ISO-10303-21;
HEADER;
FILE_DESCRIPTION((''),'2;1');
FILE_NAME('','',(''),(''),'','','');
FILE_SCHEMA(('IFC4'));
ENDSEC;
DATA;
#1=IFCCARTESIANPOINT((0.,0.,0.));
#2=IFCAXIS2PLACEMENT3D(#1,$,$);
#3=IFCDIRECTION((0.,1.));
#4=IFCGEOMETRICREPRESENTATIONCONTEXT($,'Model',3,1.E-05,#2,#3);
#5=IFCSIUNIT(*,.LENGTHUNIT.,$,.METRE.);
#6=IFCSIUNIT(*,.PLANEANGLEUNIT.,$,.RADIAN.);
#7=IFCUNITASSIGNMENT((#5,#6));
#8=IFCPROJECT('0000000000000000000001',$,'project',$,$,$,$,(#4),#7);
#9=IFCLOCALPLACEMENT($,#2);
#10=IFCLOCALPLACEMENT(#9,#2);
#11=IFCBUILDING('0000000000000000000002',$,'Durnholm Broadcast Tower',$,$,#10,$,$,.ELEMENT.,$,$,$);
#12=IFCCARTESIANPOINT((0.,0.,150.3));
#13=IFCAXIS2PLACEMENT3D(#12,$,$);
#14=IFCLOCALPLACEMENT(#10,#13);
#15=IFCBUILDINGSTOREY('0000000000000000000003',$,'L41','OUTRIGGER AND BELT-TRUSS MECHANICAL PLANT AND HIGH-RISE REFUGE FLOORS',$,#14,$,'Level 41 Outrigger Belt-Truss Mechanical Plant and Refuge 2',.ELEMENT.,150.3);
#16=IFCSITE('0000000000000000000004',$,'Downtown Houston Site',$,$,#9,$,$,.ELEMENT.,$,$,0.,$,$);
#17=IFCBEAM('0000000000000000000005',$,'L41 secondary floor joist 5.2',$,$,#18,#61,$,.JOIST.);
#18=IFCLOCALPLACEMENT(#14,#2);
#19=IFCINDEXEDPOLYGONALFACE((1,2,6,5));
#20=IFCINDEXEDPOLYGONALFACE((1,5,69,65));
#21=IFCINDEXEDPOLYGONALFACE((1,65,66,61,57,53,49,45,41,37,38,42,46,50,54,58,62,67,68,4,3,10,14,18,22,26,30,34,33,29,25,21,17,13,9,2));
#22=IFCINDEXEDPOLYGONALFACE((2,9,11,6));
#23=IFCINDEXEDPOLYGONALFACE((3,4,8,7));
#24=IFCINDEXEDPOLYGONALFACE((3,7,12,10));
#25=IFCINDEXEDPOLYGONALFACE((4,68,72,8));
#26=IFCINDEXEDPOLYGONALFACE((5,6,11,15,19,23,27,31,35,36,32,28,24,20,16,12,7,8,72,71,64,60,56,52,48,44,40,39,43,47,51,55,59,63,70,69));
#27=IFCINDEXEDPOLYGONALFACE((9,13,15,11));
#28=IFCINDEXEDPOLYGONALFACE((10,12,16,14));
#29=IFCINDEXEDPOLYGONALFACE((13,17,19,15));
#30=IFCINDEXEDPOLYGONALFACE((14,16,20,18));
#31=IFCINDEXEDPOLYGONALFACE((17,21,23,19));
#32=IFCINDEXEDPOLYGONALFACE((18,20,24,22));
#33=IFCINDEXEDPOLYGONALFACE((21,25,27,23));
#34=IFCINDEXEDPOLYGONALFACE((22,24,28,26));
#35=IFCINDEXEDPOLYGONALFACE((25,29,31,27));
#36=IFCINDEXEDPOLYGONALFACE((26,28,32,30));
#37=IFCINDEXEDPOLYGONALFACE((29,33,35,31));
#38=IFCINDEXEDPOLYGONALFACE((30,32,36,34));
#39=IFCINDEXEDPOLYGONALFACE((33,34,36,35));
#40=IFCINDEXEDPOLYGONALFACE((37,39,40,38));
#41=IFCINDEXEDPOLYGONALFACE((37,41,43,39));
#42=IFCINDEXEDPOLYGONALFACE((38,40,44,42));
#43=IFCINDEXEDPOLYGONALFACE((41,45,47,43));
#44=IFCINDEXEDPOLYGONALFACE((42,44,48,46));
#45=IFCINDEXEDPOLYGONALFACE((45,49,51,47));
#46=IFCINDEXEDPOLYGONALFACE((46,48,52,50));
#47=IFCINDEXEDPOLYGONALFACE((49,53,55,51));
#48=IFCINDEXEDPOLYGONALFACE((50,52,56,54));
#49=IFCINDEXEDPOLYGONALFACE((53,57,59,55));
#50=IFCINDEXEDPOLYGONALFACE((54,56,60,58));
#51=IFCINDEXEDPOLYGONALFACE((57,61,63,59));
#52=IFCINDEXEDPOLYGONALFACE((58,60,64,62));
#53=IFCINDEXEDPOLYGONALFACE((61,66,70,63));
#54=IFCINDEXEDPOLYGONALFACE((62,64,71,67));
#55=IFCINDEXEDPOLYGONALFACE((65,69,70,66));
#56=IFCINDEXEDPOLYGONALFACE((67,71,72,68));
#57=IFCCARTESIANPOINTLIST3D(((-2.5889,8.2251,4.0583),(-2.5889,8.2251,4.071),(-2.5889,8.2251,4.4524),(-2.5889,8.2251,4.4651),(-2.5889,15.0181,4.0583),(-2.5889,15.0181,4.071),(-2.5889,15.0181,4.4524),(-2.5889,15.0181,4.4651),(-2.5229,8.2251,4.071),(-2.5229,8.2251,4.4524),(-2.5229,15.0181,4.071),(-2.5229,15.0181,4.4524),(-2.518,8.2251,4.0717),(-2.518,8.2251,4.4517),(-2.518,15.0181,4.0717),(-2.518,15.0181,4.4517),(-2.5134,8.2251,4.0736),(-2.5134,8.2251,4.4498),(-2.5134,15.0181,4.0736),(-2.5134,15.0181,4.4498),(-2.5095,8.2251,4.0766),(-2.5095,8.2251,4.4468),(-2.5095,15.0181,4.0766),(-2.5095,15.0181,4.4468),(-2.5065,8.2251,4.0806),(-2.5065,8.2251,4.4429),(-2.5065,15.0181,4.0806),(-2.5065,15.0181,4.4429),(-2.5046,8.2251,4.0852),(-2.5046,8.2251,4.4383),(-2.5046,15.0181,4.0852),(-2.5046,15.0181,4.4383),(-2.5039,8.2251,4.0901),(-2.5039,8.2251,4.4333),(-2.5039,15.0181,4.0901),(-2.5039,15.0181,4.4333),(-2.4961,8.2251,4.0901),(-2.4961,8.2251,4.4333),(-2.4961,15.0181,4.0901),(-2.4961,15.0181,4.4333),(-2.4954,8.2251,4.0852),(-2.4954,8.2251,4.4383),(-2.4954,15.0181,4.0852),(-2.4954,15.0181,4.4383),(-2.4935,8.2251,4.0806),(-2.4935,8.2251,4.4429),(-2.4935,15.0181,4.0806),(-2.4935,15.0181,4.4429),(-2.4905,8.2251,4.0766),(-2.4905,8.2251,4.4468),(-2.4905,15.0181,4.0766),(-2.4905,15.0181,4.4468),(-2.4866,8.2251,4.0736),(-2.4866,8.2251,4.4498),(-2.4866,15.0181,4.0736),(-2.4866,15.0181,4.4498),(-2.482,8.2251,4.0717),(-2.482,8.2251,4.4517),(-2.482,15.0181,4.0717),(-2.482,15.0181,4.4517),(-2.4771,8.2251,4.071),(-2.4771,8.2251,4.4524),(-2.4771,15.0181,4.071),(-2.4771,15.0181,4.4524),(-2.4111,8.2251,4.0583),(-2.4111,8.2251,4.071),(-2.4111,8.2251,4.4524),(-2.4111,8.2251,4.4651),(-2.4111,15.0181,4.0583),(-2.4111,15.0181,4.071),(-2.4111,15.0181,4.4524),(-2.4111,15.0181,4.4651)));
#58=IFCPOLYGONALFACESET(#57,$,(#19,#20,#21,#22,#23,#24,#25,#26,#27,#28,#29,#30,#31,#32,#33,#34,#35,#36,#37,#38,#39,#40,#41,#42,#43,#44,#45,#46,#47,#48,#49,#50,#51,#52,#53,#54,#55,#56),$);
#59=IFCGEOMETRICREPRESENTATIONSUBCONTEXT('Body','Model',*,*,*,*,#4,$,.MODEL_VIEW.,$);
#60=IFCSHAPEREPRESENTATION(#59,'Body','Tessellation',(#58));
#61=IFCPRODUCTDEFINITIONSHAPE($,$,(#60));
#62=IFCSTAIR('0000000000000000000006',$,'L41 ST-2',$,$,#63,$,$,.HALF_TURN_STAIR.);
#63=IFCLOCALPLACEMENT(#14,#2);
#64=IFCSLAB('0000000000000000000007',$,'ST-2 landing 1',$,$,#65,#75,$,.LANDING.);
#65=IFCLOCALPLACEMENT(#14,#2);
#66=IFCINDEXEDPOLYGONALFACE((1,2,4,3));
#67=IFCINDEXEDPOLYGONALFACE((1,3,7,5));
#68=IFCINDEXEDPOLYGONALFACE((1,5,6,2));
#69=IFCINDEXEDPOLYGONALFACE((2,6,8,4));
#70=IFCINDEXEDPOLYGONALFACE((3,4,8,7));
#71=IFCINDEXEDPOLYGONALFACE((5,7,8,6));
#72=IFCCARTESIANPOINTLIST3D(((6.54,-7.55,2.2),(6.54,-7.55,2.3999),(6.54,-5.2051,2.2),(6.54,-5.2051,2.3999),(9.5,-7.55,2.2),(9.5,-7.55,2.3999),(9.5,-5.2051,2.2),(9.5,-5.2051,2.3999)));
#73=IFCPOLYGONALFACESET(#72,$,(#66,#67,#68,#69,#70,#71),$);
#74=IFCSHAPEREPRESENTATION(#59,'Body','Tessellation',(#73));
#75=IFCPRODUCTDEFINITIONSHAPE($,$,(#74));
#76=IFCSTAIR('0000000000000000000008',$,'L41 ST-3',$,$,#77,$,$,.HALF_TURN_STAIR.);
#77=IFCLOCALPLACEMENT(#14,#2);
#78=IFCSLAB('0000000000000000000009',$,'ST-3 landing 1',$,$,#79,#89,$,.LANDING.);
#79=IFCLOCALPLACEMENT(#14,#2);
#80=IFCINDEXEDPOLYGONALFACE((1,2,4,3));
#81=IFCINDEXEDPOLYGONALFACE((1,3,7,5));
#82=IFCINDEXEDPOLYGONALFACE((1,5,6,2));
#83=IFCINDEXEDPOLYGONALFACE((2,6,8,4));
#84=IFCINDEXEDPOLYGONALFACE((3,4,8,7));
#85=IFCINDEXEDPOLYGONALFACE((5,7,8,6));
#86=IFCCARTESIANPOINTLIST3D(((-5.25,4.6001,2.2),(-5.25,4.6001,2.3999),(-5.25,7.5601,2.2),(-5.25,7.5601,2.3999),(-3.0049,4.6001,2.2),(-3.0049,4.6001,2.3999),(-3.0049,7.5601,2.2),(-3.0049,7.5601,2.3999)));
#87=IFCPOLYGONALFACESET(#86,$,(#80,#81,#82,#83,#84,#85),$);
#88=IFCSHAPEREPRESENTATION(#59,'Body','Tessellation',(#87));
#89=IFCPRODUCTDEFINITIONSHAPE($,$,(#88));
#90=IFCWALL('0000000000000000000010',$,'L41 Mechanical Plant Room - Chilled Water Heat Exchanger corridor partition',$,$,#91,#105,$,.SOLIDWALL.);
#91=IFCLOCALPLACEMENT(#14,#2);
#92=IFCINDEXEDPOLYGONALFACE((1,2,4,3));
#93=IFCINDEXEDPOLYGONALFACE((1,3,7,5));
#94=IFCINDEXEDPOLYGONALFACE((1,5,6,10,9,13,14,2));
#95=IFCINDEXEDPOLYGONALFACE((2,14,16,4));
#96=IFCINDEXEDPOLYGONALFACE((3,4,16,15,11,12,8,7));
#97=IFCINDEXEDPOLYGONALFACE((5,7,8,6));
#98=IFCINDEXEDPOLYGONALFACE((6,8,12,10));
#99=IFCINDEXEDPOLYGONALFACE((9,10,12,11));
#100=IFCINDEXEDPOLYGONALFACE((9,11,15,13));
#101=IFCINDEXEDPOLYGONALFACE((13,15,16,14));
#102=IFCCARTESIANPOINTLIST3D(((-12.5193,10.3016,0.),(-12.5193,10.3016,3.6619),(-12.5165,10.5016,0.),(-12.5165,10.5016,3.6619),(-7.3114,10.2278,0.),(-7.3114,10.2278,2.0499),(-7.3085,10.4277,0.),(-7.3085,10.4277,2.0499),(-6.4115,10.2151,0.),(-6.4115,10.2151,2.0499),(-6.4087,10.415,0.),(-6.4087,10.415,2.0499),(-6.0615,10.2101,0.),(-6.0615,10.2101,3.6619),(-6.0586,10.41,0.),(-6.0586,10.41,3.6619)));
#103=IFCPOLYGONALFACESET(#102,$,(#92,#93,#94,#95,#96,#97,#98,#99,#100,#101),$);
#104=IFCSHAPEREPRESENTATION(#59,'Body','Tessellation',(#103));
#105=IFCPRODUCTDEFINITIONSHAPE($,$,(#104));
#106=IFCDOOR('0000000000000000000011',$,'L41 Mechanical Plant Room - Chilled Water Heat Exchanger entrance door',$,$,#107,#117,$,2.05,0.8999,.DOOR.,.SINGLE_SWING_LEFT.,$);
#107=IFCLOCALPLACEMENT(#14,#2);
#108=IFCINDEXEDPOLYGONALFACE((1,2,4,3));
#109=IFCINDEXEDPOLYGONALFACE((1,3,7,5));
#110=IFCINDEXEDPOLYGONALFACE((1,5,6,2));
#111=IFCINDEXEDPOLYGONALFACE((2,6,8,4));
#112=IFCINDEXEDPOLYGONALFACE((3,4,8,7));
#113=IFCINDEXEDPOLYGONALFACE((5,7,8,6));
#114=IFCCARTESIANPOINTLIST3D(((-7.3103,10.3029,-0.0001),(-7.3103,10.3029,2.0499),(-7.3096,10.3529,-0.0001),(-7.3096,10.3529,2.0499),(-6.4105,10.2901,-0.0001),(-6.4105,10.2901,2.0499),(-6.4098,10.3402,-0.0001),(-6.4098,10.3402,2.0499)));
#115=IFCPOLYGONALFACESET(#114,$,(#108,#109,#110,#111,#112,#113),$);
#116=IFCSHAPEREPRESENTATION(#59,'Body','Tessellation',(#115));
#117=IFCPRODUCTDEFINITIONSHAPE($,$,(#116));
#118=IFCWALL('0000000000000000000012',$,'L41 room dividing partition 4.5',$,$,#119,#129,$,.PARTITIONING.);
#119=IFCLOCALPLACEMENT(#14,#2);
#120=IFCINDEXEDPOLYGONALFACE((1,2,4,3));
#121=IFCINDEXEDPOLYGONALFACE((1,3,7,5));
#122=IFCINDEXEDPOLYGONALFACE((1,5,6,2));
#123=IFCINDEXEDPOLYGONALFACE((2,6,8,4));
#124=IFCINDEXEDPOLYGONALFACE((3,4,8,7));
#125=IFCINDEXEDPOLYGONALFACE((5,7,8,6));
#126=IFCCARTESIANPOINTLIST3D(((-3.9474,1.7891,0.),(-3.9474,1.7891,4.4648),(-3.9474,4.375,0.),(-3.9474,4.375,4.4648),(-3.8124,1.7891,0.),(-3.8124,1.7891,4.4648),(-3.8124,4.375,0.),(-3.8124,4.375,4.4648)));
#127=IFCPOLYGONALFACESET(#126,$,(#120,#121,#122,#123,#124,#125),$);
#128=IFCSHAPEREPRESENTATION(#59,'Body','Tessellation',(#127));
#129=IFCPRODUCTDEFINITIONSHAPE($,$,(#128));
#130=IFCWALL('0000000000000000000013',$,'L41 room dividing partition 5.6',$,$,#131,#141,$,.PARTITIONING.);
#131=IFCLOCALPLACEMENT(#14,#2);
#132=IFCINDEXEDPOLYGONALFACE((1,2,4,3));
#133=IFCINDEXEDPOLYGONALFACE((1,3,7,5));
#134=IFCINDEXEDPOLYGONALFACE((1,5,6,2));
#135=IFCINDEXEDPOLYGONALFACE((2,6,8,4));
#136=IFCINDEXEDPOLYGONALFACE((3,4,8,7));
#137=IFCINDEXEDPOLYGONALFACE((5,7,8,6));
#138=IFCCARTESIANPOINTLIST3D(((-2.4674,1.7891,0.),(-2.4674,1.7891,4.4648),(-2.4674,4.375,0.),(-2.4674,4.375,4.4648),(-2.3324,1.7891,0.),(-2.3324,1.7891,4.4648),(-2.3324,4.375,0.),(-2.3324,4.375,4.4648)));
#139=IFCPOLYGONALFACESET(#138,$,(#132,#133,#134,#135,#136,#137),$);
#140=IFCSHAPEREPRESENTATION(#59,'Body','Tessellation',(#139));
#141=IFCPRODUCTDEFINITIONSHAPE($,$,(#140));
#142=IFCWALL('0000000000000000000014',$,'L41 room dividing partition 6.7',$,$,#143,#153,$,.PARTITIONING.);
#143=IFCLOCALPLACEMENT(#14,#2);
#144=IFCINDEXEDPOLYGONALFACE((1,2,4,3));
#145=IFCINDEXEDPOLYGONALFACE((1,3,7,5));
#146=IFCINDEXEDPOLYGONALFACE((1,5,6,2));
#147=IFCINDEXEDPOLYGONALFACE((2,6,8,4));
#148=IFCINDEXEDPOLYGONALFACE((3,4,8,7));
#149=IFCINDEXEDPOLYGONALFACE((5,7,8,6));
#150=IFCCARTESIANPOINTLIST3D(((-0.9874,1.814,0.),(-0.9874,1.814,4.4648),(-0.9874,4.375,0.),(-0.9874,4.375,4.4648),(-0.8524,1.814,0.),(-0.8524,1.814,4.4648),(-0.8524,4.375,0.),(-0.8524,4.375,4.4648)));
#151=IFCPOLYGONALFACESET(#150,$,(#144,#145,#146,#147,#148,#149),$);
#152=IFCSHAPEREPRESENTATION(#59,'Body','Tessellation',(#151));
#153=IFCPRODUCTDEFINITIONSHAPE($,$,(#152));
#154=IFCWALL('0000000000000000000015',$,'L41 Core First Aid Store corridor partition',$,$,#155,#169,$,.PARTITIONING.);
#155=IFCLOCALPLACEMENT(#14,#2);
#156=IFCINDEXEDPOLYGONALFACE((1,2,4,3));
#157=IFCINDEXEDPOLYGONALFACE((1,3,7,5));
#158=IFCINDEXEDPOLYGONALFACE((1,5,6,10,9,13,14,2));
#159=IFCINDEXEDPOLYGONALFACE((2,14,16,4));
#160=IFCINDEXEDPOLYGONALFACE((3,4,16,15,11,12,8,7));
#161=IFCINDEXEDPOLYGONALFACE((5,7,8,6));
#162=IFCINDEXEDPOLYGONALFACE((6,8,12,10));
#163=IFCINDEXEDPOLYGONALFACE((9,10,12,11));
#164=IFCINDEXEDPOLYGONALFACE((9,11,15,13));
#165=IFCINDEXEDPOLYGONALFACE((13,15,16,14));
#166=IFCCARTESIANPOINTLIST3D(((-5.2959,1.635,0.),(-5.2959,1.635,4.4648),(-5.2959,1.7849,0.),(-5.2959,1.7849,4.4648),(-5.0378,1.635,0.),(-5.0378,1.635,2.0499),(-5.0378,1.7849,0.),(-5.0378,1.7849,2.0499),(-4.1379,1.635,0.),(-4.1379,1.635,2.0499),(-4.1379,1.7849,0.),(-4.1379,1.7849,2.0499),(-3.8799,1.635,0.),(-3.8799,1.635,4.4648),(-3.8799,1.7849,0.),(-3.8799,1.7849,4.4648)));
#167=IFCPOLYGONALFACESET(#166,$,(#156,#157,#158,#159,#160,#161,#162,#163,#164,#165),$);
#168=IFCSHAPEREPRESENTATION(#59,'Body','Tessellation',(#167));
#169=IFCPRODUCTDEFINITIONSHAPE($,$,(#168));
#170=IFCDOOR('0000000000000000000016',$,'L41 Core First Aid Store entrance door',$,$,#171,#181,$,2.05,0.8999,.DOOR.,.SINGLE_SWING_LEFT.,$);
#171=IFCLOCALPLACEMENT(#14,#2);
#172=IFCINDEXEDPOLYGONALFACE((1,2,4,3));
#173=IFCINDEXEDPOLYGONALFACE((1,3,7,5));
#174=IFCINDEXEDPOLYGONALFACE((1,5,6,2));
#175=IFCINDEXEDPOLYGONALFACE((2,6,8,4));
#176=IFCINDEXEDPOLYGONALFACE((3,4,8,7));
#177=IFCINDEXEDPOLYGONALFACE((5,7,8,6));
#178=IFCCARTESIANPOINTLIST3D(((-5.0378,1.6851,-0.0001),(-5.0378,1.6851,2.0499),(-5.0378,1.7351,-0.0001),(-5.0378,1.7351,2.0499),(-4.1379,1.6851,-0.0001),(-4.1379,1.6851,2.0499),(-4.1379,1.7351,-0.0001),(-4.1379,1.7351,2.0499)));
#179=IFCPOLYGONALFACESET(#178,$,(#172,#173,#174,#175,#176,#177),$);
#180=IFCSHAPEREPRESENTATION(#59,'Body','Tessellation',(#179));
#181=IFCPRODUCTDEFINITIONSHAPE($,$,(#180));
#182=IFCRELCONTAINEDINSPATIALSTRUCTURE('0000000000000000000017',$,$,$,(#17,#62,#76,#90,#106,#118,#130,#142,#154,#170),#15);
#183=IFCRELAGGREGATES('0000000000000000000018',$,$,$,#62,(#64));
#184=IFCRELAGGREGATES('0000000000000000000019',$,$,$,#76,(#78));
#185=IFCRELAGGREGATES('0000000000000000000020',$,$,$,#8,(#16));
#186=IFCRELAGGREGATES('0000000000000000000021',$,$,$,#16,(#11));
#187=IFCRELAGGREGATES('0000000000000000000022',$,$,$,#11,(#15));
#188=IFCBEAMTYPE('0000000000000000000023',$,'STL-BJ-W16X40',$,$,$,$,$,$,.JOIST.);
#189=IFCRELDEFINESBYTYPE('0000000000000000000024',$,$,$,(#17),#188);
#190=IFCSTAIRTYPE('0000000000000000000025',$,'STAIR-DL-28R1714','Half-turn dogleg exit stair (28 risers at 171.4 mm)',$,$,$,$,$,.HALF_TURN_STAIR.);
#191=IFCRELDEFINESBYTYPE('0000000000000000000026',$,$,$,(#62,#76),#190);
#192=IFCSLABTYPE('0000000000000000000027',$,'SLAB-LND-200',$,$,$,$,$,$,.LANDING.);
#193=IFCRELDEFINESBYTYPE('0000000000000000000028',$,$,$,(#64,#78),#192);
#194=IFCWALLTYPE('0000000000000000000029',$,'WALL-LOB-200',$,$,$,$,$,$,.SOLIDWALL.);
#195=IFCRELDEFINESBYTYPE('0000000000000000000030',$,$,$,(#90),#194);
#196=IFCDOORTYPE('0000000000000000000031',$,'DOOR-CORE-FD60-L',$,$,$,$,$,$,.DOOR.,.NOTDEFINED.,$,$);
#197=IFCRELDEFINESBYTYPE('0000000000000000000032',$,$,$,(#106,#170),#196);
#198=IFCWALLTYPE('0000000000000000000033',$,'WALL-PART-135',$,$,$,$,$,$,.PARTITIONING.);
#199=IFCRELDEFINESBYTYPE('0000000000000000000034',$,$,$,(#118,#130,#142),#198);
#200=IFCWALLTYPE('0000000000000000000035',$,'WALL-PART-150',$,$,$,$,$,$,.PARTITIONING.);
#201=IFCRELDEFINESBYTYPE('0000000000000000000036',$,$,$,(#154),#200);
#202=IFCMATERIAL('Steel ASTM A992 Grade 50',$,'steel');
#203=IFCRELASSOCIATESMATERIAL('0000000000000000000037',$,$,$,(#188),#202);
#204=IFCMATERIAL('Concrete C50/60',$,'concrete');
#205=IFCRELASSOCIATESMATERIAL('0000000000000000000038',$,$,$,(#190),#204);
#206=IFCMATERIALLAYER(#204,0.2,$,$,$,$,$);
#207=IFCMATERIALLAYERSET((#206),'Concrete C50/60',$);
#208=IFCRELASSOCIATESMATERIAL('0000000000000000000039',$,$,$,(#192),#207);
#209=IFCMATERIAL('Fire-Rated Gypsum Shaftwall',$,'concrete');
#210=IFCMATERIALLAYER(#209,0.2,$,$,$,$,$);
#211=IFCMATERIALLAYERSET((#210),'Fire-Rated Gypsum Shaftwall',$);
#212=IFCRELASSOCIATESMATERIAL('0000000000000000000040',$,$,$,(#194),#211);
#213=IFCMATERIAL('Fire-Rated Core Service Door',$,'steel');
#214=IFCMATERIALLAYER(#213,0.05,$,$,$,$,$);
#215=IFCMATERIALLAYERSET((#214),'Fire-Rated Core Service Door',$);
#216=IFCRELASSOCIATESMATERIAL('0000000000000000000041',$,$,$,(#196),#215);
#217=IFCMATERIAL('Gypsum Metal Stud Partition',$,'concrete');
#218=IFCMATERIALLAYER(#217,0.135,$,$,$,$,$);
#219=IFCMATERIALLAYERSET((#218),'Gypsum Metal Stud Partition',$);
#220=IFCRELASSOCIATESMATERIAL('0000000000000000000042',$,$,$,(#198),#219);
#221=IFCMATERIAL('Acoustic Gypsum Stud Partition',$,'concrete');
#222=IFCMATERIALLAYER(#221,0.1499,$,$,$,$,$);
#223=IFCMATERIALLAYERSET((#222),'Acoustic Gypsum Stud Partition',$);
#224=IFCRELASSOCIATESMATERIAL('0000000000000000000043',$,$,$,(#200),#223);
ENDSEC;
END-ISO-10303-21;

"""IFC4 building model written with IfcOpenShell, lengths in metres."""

from ifc_helpers import new_model, si_unit, direction, frame, frame_2d, origin, origin_2d, place, context, subcontext, project, spatial, polyline, rectangle, i_section, outline, extrude, source, transform, mapped, material, layer, layer_set, material_profile, profile_set, type_object, type_shapes, element, fill, aggregate, save


model = new_model("IFC4")

# Units and contexts
model_context = context("Model", 3, precision=1e-05, world=origin(), true_north=direction((0.0, 1.0)))
body_context = subcontext(model_context, "Body", "Model", "MODEL_VIEW")
ifc_project = project(units=[si_unit("LENGTHUNIT", "METRE"), si_unit("PLANEANGLEUNIT", "RADIAN")], contexts=[model_context])

# Site, building, storey
site_placement = place(None, origin())
site = spatial("IfcSite", under=ifc_project, at=site_placement, Name="Downtown Houston Site", CompositionType="ELEMENT", RefElevation=0.0)
building_placement = place(site_placement, origin())
building = spatial("IfcBuilding", under=site, at=building_placement, Name="Durnholm Broadcast Tower", CompositionType="ELEMENT")
storey_placement = place(building_placement, frame((0.0, 0.0, 150.3)))
storey = spatial("IfcBuildingStorey", under=building, at=storey_placement, Name="L41", Description="OUTRIGGER AND BELT-TRUSS MECHANICAL PLANT AND HIGH-RISE REFUGE FLOORS", LongName="Level 41 Outrigger Belt-Truss Mechanical Plant and Refuge 2", CompositionType="ELEMENT", Elevation=150.3)

# Beam
ifc_material_1 = material(Name="Steel ASTM A992 Grade 50", Category="steel")
ifc_material_profile_1 = material_profile(ifc_material_1, i_section(OverallWidth=0.1777, OverallDepth=0.4067, WebThickness=0.0078, FlangeThickness=0.0127, FilletRadius=0.019, at=origin_2d()), Name="W16X40")
ifc_profile_set_1 = profile_set([ifc_material_profile_1], Name="Steel ASTM A992 Grade 50")
beam_type_1 = type_object("IfcBeamType", Name="STL-BJ-W16X40", PredefinedType="JOIST", material=ifc_profile_set_1)
shared_shape_1 = source(origin(), body_context, "Body", "SweptSolid", [
    extrude(i_section(OverallWidth=0.1777, OverallDepth=0.4067, WebThickness=0.0078, FlangeThickness=0.0127, FilletRadius=0.019, at=origin_2d()), origin(), (0.0, 0.0, 1.0), 6.793),
])
type_shapes(beam_type_1, [shared_shape_1])
beam_1_placement = place(storey_placement, frame((-2.5, 8.2251, 4.2617), z_axis=(0.0, 1.0, 0.0), x_axis=(-1.0, 0.0, 0.0)))
element("IfcBeam", 1, at=beam_1_placement, inside=storey, type_object=beam_type_1, Name="L41 secondary floor joist 5.2", PredefinedType="JOIST", context=body_context, shape_type="MappedRepresentation", body=[
    mapped(shared_shape_1, transform((0.0, 0.0, 0.0), x_axis=(1.0, 0.0, 0.0), y_axis=(0.0, 1.0, 0.0), z_axis=(0.0, 0.0, 1.0), scale=1.0)),
])

# Stairs, slabs
ifc_material_2 = material(Name="Concrete C50/60", Category="concrete")
stair_type = type_object("IfcStairType", Name="STAIR-DL-28R1714", Description="Half-turn dogleg exit stair (28 risers at 171.4 mm)", PredefinedType="HALF_TURN_STAIR", material=ifc_material_2)
stair_1_placement = place(storey_placement, origin())
stair_1 = element("IfcStair", 2, at=stair_1_placement, inside=storey, type_object=stair_type, Name="L41 ST-2", PredefinedType="HALF_TURN_STAIR")
ifc_layer_1 = layer(ifc_material_2, 0.2)
ifc_layer_set_1 = layer_set([ifc_layer_1], Name="Concrete C50/60")
slab_type = type_object("IfcSlabType", Name="SLAB-LND-200", PredefinedType="LANDING", material=ifc_layer_set_1)
slab_1_placement = place(storey_placement, frame((0.0, 0.0, 2.2)))
slab_1 = element("IfcSlab", 3, at=slab_1_placement, type_object=slab_type, Name="ST-2 landing 1", PredefinedType="LANDING", context=body_context, shape_type="SweptSolid", body=[
    extrude(outline(polyline([(6.54, -5.2051), (6.54, -7.55), (9.5, -7.55), (9.5, -5.2051), (6.54, -5.2051)])), origin(), (0.0, 0.0, 1.0), 0.2),
])
aggregate(stair_1, [slab_1])
stair_2_placement = place(storey_placement, origin())
stair_2 = element("IfcStair", 4, at=stair_2_placement, inside=storey, type_object=stair_type, Name="L41 ST-3", PredefinedType="HALF_TURN_STAIR")
slab_2_placement = place(storey_placement, frame((0.0, 0.0, 2.2)))
slab_2 = element("IfcSlab", 5, at=slab_2_placement, type_object=slab_type, Name="ST-3 landing 1", PredefinedType="LANDING", context=body_context, shape_type="SweptSolid", body=[
    extrude(outline(polyline([(-3.0049, 7.5601), (-5.25, 7.5601), (-5.25, 4.6001), (-3.0049, 4.6001), (-3.0049, 7.5601)])), origin(), (0.0, 0.0, 1.0), 0.2),
])

# Wall, opening, door
ifc_material_3 = material(Name="Fire-Rated Gypsum Shaftwall", Category="concrete")
ifc_layer_2 = layer(ifc_material_3, 0.2)
ifc_layer_set_2 = layer_set([ifc_layer_2], Name="Fire-Rated Gypsum Shaftwall")
wall_type_1 = type_object("IfcWallType", Name="WALL-LOB-200", PredefinedType="SOLIDWALL", material=ifc_layer_set_2)
wall_1_placement = place(storey_placement, frame((-6.0601, 10.3101, 0.0), z_axis=(0.0, 0.0, 1.0), x_axis=(-0.9999, 0.014176, 0.0)))
wall_1 = element("IfcWall", 6, at=wall_1_placement, inside=storey, type_object=wall_type_1, Name="L41 Mechanical Plant Room - Chilled Water Heat Exchanger corridor partition", PredefinedType="SOLIDWALL", context=body_context, shape_type="SweptSolid", body=[
    extrude(rectangle(XDim=6.4585, YDim=0.2, at=frame_2d((3.2292, 0.0))), origin(), (0.0, 0.0, 1.0), 3.6619),
])
opening_1_placement = place(wall_1_placement, frame((0.3501, 0.0, 0.0)))
opening_1 = element("IfcOpeningElement", 7, at=opening_1_placement, cuts=wall_1, PredefinedType="OPENING", context=body_context, shape_type="SweptSolid", body=[
    extrude(rectangle(XDim=0.8999, YDim=2.05, at=frame_2d((0.45, 1.0249))), frame((0.0, 0.1099, 0.0), z_axis=(0.0, -1.0, 0.0), x_axis=(1.0, 0.0, 0.0)), (0.0, 0.0, 1.0), 0.22),
])
ifc_material_4 = material(Name="Fire-Rated Core Service Door", Category="steel")
ifc_layer_3 = layer(ifc_material_4, 0.05)
ifc_layer_set_3 = layer_set([ifc_layer_3], Name="Fire-Rated Core Service Door")
door_type_1 = type_object("IfcDoorType", Name="DOOR-CORE-FD60-L", OperationType="NOTDEFINED", PredefinedType="DOOR", material=ifc_layer_set_3)
shared_shape_2 = source(origin(), body_context, "Body", "SweptSolid", [
    extrude(rectangle(XDim=0.8999, YDim=2.05, at=frame_2d((0.45, 1.0249))), frame((0.0, 0.0249, 0.0), z_axis=(0.0, -1.0, 0.0), x_axis=(1.0, 0.0, 0.0)), (0.0, 0.0, 1.0), 0.05),
])
type_shapes(door_type_1, [shared_shape_2])
door_1_placement = place(opening_1_placement, origin())
door_1 = element("IfcDoor", 8, at=door_1_placement, inside=storey, type_object=door_type_1, Name="L41 Mechanical Plant Room - Chilled Water Heat Exchanger entrance door", OperationType="SINGLE_SWING_LEFT", OverallHeight=2.05, OverallWidth=0.8999, PredefinedType="DOOR", context=body_context, shape_type="MappedRepresentation", body=[
    mapped(shared_shape_2, transform((0.0, 0.0, 0.0), x_axis=(1.0, 0.0, 0.0), y_axis=(0.0, 1.0, 0.0), z_axis=(0.0, 0.0, 1.0), scale=1.0)),
])
fill(opening_1, door_1)

# Walls
ifc_material_5 = material(Name="Gypsum Metal Stud Partition", Category="concrete")
ifc_layer_4 = layer(ifc_material_5, 0.135)
ifc_layer_set_4 = layer_set([ifc_layer_4], Name="Gypsum Metal Stud Partition")
wall_type_2 = type_object("IfcWallType", Name="WALL-PART-135", PredefinedType="PARTITIONING", material=ifc_layer_set_4)
for number, where, z_axis, x_axis, name in (
    (9, (-3.8799, 4.375, 0.0), (0.0, 0.0, 1.0), (0.0, -1.0, 0.0), "L41 room dividing partition 4.5"),
    (10, (-2.3999, 4.375, 0.0), (0.0, 0.0, 1.0), (0.0, -1.0, 0.0), "L41 room dividing partition 5.6"),
):
    element("IfcWall", number, at=place(storey_placement, frame(where, z_axis=z_axis, x_axis=x_axis)), inside=storey, type_object=wall_type_2, Name=name, PredefinedType="PARTITIONING", context=body_context, shape_type="SweptSolid", body=[
        extrude(rectangle(XDim=2.5859, YDim=0.135, at=frame_2d((1.293, 0.0))), origin(), (0.0, 0.0, 1.0), 4.4648),
    ])
wall_2_placement = place(storey_placement, frame((-0.9199, 4.375, 0.0), z_axis=(0.0, 0.0, 1.0), x_axis=(0.0, -1.0, 0.0)))
element("IfcWall", 11, at=wall_2_placement, inside=storey, type_object=wall_type_2, Name="L41 room dividing partition 6.7", PredefinedType="PARTITIONING", context=body_context, shape_type="SweptSolid", body=[
    extrude(rectangle(XDim=2.561, YDim=0.135, at=frame_2d((1.2805, 0.0))), origin(), (0.0, 0.0, 1.0), 4.4648),
])

# Wall, opening, door
ifc_material_6 = material(Name="Acoustic Gypsum Stud Partition", Category="concrete")
ifc_layer_5 = layer(ifc_material_6, 0.1499)
ifc_layer_set_5 = layer_set([ifc_layer_5], Name="Acoustic Gypsum Stud Partition")
wall_type_3 = type_object("IfcWallType", Name="WALL-PART-150", PredefinedType="PARTITIONING", material=ifc_layer_set_5)
wall_3_placement = place(storey_placement, frame((-3.8799, 1.71, 0.0), z_axis=(0.0, 0.0, 1.0), x_axis=(-1.0, 0.0, 0.0)))
wall_3 = element("IfcWall", 12, at=wall_3_placement, inside=storey, type_object=wall_type_3, Name="L41 Core First Aid Store corridor partition", PredefinedType="PARTITIONING", context=body_context, shape_type="SweptSolid", body=[
    extrude(rectangle(XDim=1.416, YDim=0.1499, at=frame_2d((0.708, 0.0))), origin(), (0.0, 0.0, 1.0), 4.4648),
])
opening_2_placement = place(wall_3_placement, frame((0.2581, 0.0, 0.0)))
opening_2 = element("IfcOpeningElement", 13, at=opening_2_placement, cuts=wall_3, PredefinedType="OPENING", context=body_context, shape_type="SweptSolid", body=[
    extrude(rectangle(XDim=0.8999, YDim=2.05, at=frame_2d((0.45, 1.0249))), frame((0.0, 0.085, 0.0), z_axis=(0.0, -1.0, 0.0), x_axis=(1.0, 0.0, 0.0)), (0.0, 0.0, 1.0), 0.1699),
])
door_2_placement = place(opening_2_placement, origin())
door_2 = element("IfcDoor", 14, at=door_2_placement, inside=storey, type_object=door_type_1, Name="L41 Core First Aid Store entrance door", OperationType="SINGLE_SWING_LEFT", OverallHeight=2.05, OverallWidth=0.8999, PredefinedType="DOOR", context=body_context, shape_type="MappedRepresentation", body=[
    mapped(shared_shape_2, transform((0.0, 0.0, 0.0), x_axis=(1.0, 0.0, 0.0), y_axis=(0.0, 1.0, 0.0), z_axis=(0.0, 0.0, 1.0), scale=1.0)),
])
fill(opening_2, door_2)

aggregate(stair_2, [slab_2])

save(model, "model.ifc")
